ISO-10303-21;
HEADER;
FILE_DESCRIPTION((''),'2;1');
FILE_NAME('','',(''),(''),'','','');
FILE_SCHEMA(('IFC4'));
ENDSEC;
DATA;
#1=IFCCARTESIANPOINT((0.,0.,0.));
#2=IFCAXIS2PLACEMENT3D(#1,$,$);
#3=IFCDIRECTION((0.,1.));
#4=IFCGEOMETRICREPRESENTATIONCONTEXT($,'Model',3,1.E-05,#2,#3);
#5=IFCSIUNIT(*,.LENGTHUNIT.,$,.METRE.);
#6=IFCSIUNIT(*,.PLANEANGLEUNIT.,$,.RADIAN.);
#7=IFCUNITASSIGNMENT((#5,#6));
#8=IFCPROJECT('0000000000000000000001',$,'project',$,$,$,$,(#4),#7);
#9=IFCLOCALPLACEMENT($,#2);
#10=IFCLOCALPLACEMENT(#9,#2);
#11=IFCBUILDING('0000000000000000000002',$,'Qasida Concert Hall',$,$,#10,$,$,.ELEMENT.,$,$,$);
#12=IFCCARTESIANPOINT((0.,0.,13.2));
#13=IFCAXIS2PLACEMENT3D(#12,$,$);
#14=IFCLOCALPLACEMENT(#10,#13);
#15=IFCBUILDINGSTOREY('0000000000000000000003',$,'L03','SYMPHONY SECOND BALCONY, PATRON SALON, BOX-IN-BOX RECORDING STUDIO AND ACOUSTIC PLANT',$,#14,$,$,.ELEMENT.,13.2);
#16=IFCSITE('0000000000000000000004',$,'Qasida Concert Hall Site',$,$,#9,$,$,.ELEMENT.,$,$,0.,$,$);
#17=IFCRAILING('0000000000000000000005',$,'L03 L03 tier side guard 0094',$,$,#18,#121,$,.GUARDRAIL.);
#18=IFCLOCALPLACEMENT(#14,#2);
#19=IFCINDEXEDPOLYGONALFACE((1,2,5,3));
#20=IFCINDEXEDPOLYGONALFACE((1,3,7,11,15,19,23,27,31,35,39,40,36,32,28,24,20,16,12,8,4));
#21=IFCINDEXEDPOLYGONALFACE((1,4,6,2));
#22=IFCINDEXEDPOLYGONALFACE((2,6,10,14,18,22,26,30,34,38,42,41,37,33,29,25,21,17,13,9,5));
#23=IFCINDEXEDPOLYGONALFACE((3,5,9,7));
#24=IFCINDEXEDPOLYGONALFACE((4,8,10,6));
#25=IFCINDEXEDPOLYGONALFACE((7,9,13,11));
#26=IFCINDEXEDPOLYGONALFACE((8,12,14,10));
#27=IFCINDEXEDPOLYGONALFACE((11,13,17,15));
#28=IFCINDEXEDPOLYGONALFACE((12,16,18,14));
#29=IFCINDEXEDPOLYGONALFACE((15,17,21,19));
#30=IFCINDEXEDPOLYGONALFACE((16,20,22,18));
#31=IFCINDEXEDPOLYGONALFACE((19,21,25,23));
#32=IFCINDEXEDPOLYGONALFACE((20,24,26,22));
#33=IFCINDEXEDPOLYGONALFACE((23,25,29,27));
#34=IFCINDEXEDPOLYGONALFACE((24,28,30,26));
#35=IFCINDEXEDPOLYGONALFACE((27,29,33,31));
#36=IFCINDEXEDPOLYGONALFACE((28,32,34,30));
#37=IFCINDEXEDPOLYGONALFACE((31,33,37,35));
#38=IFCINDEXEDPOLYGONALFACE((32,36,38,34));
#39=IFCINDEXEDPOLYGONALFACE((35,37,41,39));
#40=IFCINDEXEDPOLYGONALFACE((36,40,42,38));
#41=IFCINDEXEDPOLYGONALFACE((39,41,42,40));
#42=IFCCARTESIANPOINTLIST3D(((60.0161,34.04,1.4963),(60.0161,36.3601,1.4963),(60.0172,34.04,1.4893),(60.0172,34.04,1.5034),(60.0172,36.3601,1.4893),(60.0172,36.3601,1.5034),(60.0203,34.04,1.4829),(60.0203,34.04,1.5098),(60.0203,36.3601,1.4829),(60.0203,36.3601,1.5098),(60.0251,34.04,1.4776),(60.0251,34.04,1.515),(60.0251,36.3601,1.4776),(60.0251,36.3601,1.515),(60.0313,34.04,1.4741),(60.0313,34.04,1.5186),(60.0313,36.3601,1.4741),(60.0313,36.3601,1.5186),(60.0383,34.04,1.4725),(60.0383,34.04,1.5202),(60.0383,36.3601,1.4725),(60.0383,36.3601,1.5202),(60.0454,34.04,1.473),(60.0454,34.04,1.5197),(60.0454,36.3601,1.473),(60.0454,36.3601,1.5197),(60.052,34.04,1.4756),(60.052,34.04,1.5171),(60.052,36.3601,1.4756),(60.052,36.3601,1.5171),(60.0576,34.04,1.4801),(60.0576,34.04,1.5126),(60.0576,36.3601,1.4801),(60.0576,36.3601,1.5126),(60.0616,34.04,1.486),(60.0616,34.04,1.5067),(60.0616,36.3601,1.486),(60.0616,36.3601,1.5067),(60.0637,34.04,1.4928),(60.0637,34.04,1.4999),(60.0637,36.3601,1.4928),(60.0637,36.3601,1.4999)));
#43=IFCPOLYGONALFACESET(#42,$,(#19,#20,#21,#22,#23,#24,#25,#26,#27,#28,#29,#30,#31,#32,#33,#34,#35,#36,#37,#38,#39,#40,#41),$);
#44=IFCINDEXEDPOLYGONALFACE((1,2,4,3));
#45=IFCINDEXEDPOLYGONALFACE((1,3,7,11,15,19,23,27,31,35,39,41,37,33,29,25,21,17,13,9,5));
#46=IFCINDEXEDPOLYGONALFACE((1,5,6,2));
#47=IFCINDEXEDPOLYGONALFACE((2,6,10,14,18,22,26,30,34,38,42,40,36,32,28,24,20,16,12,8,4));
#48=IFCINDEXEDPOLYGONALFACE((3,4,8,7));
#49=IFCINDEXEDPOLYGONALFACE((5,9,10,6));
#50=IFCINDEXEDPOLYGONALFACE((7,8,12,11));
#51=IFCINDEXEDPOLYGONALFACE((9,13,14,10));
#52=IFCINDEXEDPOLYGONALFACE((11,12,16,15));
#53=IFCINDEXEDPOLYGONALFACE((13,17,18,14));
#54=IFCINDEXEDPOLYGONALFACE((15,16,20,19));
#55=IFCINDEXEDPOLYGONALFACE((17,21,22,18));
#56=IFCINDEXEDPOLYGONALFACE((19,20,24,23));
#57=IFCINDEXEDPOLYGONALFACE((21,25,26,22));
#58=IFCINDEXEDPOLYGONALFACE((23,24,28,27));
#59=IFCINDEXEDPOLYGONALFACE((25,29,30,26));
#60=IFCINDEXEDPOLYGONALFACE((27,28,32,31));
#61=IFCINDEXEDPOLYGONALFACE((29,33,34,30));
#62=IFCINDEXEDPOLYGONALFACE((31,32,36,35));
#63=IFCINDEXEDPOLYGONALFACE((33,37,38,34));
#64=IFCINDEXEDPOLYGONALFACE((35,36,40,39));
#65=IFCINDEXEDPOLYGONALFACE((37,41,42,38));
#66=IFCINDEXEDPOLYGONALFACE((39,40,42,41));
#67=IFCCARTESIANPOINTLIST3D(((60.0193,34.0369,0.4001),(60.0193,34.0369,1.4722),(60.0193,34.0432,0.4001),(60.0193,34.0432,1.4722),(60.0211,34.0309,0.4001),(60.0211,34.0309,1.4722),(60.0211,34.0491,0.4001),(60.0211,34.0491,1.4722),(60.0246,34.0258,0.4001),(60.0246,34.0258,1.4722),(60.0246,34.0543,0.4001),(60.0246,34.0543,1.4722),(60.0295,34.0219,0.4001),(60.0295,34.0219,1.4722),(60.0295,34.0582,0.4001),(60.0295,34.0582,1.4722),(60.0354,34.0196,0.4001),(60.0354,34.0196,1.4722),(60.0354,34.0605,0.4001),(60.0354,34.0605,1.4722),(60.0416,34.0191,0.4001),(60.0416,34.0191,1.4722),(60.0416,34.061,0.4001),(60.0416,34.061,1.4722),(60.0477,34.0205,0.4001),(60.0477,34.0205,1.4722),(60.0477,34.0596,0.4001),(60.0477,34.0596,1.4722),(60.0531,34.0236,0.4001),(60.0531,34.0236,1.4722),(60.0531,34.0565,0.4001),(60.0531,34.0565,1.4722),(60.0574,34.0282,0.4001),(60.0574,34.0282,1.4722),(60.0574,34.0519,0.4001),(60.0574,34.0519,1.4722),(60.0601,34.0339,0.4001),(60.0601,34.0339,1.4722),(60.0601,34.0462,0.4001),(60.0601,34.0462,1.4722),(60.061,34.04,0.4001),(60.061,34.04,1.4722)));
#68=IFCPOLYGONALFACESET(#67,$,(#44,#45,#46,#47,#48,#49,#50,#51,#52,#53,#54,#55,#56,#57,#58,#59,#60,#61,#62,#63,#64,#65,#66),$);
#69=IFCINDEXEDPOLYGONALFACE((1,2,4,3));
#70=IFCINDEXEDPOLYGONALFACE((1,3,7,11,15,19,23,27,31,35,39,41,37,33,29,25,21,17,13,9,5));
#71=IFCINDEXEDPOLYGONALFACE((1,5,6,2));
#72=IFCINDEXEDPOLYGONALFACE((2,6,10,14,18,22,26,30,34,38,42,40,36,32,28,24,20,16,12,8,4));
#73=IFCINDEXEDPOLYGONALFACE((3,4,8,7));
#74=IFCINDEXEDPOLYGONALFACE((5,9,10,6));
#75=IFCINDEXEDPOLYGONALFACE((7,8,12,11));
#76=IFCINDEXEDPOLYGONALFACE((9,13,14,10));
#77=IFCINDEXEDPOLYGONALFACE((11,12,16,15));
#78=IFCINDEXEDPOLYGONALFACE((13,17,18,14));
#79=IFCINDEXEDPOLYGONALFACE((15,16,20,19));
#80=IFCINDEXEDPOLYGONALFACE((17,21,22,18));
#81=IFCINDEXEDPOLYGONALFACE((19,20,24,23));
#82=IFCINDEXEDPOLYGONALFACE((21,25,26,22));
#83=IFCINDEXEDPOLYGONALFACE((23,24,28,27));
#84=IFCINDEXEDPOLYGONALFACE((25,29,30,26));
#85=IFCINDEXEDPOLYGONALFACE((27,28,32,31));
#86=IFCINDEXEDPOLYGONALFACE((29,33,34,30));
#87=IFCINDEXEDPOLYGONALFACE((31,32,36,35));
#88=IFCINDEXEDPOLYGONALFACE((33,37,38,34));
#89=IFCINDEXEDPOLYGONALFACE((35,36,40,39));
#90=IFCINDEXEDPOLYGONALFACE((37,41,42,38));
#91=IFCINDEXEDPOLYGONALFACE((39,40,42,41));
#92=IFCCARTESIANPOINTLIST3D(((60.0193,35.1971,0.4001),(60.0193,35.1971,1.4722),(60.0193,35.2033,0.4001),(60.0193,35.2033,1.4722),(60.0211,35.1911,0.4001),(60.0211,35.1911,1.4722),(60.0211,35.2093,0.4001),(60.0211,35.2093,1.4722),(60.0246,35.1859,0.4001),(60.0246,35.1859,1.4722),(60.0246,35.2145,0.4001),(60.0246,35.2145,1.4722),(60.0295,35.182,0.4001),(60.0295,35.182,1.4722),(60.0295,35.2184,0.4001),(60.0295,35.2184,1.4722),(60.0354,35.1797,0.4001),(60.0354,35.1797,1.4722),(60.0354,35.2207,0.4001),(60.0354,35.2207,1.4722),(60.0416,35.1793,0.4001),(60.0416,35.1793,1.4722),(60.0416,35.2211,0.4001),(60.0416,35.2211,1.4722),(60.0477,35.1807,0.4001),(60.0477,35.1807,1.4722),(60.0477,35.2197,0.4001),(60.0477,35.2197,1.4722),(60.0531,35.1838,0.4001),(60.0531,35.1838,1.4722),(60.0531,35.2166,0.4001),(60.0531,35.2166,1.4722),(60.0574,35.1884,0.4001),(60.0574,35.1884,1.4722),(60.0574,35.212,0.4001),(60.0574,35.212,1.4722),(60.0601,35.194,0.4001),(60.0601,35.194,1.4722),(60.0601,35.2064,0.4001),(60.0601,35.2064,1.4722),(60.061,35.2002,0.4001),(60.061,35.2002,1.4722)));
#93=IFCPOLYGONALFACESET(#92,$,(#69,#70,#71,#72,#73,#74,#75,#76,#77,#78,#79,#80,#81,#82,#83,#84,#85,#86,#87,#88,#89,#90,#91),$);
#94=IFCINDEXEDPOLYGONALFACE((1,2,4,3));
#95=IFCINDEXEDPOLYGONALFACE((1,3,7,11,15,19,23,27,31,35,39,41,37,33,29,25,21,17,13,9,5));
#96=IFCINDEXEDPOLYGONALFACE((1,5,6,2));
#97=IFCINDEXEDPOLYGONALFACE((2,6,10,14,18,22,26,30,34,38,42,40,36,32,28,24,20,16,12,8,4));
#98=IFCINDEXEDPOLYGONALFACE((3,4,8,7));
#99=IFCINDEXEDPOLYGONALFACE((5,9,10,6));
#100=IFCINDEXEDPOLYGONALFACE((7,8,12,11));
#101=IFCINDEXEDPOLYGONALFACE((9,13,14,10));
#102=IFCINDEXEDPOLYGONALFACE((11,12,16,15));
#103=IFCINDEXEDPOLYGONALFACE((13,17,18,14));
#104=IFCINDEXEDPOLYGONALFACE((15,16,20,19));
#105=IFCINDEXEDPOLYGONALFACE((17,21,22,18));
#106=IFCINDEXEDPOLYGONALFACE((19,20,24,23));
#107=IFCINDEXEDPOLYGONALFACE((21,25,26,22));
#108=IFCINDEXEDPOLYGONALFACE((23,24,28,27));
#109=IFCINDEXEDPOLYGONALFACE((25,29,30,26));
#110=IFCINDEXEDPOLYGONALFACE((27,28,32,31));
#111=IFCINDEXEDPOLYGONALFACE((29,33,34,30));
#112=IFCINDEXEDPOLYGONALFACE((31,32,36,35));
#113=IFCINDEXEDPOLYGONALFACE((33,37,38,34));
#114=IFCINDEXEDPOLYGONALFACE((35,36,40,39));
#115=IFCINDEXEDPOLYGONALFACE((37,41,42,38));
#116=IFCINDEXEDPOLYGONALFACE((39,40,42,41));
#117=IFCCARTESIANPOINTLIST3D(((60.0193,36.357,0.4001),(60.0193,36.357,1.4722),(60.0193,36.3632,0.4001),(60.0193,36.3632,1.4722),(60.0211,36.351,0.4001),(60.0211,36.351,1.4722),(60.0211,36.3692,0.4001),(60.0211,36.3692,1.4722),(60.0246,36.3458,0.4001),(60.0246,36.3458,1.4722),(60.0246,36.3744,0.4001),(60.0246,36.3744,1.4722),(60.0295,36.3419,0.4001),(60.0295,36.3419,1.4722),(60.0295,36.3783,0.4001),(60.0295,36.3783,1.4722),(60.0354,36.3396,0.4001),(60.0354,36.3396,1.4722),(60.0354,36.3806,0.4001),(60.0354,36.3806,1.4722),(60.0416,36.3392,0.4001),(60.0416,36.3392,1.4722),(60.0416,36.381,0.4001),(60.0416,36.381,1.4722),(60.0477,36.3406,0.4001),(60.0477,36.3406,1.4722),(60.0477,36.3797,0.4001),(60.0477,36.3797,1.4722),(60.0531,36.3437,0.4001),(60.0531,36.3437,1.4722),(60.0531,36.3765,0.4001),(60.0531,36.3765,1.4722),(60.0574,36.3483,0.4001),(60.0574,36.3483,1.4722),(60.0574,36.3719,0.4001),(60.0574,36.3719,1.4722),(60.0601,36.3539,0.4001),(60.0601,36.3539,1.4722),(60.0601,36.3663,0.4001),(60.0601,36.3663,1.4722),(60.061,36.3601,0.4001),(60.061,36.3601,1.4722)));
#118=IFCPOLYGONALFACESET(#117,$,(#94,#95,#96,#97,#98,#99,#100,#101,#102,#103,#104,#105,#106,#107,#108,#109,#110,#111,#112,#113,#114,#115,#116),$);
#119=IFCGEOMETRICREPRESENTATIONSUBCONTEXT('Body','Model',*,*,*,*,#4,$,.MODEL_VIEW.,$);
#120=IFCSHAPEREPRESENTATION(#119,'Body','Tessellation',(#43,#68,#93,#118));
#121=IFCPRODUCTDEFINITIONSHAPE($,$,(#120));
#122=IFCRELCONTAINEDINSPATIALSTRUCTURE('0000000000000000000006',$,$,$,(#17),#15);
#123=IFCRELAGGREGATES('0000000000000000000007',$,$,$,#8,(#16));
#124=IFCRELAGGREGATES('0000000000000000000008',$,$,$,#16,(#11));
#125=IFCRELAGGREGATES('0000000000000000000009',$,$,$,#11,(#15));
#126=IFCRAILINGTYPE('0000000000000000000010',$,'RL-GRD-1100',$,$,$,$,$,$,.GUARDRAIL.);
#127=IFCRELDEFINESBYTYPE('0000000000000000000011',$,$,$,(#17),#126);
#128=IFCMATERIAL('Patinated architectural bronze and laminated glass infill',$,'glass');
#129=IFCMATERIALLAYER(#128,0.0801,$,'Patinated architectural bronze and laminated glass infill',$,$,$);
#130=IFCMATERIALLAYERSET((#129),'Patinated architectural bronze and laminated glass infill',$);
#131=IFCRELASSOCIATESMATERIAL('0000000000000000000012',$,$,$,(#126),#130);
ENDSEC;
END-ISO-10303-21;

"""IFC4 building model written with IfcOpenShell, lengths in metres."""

from ifc_helpers import new_model, si_unit, direction, frame, origin, origin_2d, place, context, subcontext, project, spatial, circle, extrude, material, layer, layer_set, type_object, element, save


model = new_model("IFC4")

# Units and contexts
model_context = context("Model", 3, precision=1e-05, world=origin(), true_north=direction((0.0, 1.0)))
body_context = subcontext(model_context, "Body", "Model", "MODEL_VIEW")
ifc_project = project(units=[si_unit("LENGTHUNIT", "METRE"), si_unit("PLANEANGLEUNIT", "RADIAN")], contexts=[model_context])

# Site, building, storey
site_placement = place(None, origin())
site = spatial("IfcSite", under=ifc_project, at=site_placement, Name="Qasida Concert Hall Site", CompositionType="ELEMENT", RefElevation=0.0)
building_placement = place(site_placement, origin())
building = spatial("IfcBuilding", under=site, at=building_placement, Name="Qasida Concert Hall", CompositionType="ELEMENT")
storey_placement = place(building_placement, frame((0.0, 0.0, 13.2)))
storey = spatial("IfcBuildingStorey", under=building, at=storey_placement, Name="L03", Description="SYMPHONY SECOND BALCONY, PATRON SALON, BOX-IN-BOX RECORDING STUDIO AND ACOUSTIC PLANT", CompositionType="ELEMENT", Elevation=13.2)

# Railing
ifc_material_1 = material(Name="Patinated architectural bronze and laminated glass infill", Category="glass")
ifc_layer_1 = layer(ifc_material_1, 0.0801, Name="Patinated architectural bronze and laminated glass infill")
ifc_layer_set_1 = layer_set([ifc_layer_1], Name="Patinated architectural bronze and laminated glass infill")
railing_type = type_object("IfcRailingType", Name="RL-GRD-1100", PredefinedType="GUARDRAIL", material=ifc_layer_set_1)
for number, where, name in (
    (1, (60.04, 34.04, 0.4001), "L03 L03 tier side guard 0094"),
):
    element("IfcRailing", number, at=place(storey_placement, frame(where)), inside=storey, type_object=railing_type, Name=name, PredefinedType="GUARDRAIL", context=body_context, shape_type="SweptSolid", body=[
        extrude(circle(Radius=0.0239, at=origin_2d()), frame((0.0, 0.0, 1.0962), z_axis=(0.0, 1.0, 0.0), x_axis=(-1.0, 0.0, 0.0)), (0.0, 0.0, 1.0), 2.3201),
        extrude(circle(Radius=0.021, at=origin_2d()), origin(), (0.0, 0.0, 1.0), 1.072),
        extrude(circle(Radius=0.021, at=origin_2d()), frame((0.0, 1.1602, 0.0)), (0.0, 0.0, 1.0), 1.072),
        extrude(circle(Radius=0.021, at=origin_2d()), frame((0.0, 2.3201, 0.0)), (0.0, 0.0, 1.0), 1.072),
    ])

save(model, "model.ifc")
